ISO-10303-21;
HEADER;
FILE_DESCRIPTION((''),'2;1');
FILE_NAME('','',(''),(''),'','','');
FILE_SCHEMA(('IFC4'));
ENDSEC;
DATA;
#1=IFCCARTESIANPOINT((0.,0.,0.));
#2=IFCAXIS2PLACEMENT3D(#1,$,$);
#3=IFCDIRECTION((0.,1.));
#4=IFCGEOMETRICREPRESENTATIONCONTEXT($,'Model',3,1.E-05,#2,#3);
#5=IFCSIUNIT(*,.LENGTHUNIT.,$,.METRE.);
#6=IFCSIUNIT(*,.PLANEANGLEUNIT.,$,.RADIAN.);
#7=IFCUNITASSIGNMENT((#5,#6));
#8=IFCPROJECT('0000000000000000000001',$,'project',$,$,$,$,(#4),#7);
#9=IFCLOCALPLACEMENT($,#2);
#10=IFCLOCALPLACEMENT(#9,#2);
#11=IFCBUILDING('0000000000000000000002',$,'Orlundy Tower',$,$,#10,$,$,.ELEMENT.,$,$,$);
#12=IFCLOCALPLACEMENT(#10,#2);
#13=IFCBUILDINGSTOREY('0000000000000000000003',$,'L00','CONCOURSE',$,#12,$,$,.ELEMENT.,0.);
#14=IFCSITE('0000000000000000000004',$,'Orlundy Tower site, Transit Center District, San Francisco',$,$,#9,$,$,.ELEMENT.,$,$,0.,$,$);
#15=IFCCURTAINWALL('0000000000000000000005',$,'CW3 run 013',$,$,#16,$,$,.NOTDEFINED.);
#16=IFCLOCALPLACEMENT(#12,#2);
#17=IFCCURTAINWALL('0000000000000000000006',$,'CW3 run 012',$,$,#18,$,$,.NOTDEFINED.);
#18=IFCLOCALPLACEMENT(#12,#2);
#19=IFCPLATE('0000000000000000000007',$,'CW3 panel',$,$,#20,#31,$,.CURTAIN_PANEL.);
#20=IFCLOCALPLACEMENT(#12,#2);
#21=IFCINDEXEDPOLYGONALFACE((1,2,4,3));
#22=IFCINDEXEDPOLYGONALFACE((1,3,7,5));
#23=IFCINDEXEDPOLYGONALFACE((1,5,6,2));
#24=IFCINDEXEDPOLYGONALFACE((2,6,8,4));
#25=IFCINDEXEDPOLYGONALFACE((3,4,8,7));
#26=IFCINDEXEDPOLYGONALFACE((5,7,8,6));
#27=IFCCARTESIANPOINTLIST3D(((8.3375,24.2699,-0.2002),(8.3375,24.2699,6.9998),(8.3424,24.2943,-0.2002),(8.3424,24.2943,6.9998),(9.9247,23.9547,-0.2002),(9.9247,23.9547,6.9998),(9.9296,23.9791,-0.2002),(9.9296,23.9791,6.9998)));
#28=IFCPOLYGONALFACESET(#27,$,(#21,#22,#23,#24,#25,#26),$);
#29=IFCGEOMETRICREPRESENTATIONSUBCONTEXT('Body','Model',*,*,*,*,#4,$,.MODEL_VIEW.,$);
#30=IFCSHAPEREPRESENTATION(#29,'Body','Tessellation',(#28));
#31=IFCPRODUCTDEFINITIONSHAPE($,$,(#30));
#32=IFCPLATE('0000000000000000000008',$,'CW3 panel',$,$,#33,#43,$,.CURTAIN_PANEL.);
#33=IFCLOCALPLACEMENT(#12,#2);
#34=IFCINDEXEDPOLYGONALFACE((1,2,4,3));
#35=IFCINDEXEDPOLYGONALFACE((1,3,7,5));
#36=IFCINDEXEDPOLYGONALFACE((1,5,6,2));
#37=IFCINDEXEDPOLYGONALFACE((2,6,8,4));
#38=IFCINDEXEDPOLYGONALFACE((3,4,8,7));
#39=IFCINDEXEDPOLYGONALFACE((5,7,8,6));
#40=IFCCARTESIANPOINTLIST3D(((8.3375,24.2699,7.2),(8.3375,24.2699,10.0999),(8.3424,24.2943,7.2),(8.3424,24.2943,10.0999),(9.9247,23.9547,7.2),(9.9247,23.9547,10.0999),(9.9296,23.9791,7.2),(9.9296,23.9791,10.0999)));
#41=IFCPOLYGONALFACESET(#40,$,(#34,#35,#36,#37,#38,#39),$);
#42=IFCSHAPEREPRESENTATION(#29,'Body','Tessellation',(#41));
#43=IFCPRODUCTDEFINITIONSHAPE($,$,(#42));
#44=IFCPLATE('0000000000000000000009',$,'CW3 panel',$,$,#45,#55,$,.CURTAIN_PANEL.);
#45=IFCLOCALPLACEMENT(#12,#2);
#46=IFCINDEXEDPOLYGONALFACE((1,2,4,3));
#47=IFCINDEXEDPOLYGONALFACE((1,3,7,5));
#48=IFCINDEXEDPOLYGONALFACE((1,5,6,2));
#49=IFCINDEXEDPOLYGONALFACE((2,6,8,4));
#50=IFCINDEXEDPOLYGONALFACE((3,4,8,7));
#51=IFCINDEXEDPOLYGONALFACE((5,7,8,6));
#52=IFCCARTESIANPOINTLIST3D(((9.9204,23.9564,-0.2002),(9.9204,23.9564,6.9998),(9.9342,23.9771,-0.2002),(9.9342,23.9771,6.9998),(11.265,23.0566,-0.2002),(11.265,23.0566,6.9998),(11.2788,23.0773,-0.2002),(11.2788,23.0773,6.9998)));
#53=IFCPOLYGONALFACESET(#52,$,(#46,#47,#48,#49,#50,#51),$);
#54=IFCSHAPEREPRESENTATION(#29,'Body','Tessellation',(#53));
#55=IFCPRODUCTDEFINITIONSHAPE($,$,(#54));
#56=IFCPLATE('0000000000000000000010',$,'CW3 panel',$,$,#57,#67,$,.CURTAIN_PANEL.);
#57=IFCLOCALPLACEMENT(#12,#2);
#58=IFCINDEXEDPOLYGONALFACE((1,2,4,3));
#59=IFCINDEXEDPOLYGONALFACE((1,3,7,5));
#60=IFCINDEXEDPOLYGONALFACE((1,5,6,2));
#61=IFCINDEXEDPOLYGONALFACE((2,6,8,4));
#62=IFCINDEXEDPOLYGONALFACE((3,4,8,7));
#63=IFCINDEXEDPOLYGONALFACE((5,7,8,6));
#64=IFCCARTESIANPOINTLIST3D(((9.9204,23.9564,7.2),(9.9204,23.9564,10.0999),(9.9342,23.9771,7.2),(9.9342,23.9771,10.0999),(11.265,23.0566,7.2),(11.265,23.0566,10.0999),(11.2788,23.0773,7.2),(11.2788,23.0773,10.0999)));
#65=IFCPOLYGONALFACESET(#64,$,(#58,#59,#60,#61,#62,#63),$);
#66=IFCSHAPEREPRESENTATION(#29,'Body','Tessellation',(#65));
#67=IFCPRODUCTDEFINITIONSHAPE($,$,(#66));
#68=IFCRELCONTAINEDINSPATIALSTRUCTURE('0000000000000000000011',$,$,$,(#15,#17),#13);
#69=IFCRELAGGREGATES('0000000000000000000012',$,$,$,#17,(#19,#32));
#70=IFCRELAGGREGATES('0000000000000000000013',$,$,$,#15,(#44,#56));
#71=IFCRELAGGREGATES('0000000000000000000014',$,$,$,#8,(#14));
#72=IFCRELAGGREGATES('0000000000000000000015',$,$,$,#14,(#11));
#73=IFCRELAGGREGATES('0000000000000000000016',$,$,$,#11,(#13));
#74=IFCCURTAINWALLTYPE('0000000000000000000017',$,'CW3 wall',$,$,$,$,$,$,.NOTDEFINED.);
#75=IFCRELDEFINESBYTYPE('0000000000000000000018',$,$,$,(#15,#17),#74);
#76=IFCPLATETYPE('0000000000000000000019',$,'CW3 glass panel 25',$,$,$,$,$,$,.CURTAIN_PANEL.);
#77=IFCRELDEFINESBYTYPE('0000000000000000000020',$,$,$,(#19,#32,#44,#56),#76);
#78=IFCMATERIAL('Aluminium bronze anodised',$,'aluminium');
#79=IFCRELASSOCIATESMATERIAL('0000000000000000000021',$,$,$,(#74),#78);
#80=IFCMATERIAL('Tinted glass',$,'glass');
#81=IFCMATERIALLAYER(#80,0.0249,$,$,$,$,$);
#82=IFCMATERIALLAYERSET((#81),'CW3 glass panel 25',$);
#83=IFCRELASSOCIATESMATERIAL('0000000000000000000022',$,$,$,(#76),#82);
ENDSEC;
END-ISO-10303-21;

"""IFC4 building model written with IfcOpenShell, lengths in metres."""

from ifc_helpers import new_model, si_unit, direction, frame, origin, origin_2d, place, context, subcontext, project, spatial, rectangle, extrude, material, layer, layer_set, type_object, element, aggregate, save


model = new_model("IFC4")

# Units and contexts
model_context = context("Model", 3, precision=1e-05, world=origin(), true_north=direction((0.0, 1.0)))
body_context = subcontext(model_context, "Body", "Model", "MODEL_VIEW")
ifc_project = project(units=[si_unit("LENGTHUNIT", "METRE"), si_unit("PLANEANGLEUNIT", "RADIAN")], contexts=[model_context])

# Site, building, storey
site_placement = place(None, origin())
site = spatial("IfcSite", under=ifc_project, at=site_placement, Name="Orlundy Tower site, Transit Center District, San Francisco", CompositionType="ELEMENT", RefElevation=0.0)
building_placement = place(site_placement, origin())
building = spatial("IfcBuilding", under=site, at=building_placement, Name="Orlundy Tower", CompositionType="ELEMENT")
storey_placement = place(building_placement, origin())
storey = spatial("IfcBuildingStorey", under=building, at=storey_placement, Name="L00", Description="CONCOURSE", CompositionType="ELEMENT", Elevation=0.0)

# Curtain walls
ifc_material_1 = material(Name="Aluminium bronze anodised", Category="aluminium")
curtain_wall_type = type_object("IfcCurtainWallType", Name="CW3 wall", PredefinedType="NOTDEFINED", material=ifc_material_1)
curtain_wall_1_placement = place(storey_placement, origin())
curtain_wall_1 = element("IfcCurtainWall", 1, at=curtain_wall_1_placement, inside=storey, type_object=curtain_wall_type, Name="CW3 run 013", PredefinedType="NOTDEFINED")
curtain_wall_2_placement = place(storey_placement, origin())
curtain_wall_2 = element("IfcCurtainWall", 2, at=curtain_wall_2_placement, inside=storey, type_object=curtain_wall_type, Name="CW3 run 012", PredefinedType="NOTDEFINED")

# Plates
ifc_material_2 = material(Name="Tinted glass", Category="glass")
ifc_layer = layer(ifc_material_2, 0.0249)
ifc_layer_set = layer_set([ifc_layer], Name="CW3 glass panel 25")
plate_type = type_object("IfcPlateType", Name="CW3 glass panel 25", PredefinedType="CURTAIN_PANEL", material=ifc_layer_set)
plate_1_placement = place(storey_placement, frame((9.1335, 24.1245, -0.2002), z_axis=(0.0, 0.0, 1.0), x_axis=(0.980851, -0.194761, 0.0)))
plate_1 = element("IfcPlate", 3, at=plate_1_placement, type_object=plate_type, Name="CW3 panel", PredefinedType="CURTAIN_PANEL", context=body_context, shape_type="SweptSolid", body=[
    extrude(rectangle(XDim=1.6182, YDim=0.0249, at=origin_2d()), origin(), (0.0, 0.0, 1.0), 7.2),
])
plate_2_placement = place(storey_placement, frame((9.1335, 24.1245, 7.2), z_axis=(0.0, 0.0, 1.0), x_axis=(0.980851, -0.194761, 0.0)))
plate_2 = element("IfcPlate", 4, at=plate_2_placement, type_object=plate_type, Name="CW3 panel", PredefinedType="CURTAIN_PANEL", context=body_context, shape_type="SweptSolid", body=[
    extrude(rectangle(XDim=1.6182, YDim=0.0249, at=origin_2d()), origin(), (0.0, 0.0, 1.0), 2.8999),
])
aggregate(curtain_wall_2, [plate_1, plate_2])
plate_3_placement = place(storey_placement, frame((10.5996, 23.5168, -0.2002), z_axis=(0.0, 0.0, 1.0), x_axis=(0.831063, -0.556178, 0.0)))
plate_3 = element("IfcPlate", 5, at=plate_3_placement, type_object=plate_type, Name="CW3 panel", PredefinedType="CURTAIN_PANEL", context=body_context, shape_type="SweptSolid", body=[
    extrude(rectangle(XDim=1.6179, YDim=0.0249, at=origin_2d()), origin(), (0.0, 0.0, 1.0), 7.2),
])
plate_4_placement = place(storey_placement, frame((10.5996, 23.5168, 7.2), z_axis=(0.0, 0.0, 1.0), x_axis=(0.831063, -0.556178, 0.0)))
plate_4 = element("IfcPlate", 6, at=plate_4_placement, type_object=plate_type, Name="CW3 panel", PredefinedType="CURTAIN_PANEL", context=body_context, shape_type="SweptSolid", body=[
    extrude(rectangle(XDim=1.6179, YDim=0.0249, at=origin_2d()), origin(), (0.0, 0.0, 1.0), 2.8999),
])
aggregate(curtain_wall_1, [plate_3, plate_4])

save(model, "model.ifc")
